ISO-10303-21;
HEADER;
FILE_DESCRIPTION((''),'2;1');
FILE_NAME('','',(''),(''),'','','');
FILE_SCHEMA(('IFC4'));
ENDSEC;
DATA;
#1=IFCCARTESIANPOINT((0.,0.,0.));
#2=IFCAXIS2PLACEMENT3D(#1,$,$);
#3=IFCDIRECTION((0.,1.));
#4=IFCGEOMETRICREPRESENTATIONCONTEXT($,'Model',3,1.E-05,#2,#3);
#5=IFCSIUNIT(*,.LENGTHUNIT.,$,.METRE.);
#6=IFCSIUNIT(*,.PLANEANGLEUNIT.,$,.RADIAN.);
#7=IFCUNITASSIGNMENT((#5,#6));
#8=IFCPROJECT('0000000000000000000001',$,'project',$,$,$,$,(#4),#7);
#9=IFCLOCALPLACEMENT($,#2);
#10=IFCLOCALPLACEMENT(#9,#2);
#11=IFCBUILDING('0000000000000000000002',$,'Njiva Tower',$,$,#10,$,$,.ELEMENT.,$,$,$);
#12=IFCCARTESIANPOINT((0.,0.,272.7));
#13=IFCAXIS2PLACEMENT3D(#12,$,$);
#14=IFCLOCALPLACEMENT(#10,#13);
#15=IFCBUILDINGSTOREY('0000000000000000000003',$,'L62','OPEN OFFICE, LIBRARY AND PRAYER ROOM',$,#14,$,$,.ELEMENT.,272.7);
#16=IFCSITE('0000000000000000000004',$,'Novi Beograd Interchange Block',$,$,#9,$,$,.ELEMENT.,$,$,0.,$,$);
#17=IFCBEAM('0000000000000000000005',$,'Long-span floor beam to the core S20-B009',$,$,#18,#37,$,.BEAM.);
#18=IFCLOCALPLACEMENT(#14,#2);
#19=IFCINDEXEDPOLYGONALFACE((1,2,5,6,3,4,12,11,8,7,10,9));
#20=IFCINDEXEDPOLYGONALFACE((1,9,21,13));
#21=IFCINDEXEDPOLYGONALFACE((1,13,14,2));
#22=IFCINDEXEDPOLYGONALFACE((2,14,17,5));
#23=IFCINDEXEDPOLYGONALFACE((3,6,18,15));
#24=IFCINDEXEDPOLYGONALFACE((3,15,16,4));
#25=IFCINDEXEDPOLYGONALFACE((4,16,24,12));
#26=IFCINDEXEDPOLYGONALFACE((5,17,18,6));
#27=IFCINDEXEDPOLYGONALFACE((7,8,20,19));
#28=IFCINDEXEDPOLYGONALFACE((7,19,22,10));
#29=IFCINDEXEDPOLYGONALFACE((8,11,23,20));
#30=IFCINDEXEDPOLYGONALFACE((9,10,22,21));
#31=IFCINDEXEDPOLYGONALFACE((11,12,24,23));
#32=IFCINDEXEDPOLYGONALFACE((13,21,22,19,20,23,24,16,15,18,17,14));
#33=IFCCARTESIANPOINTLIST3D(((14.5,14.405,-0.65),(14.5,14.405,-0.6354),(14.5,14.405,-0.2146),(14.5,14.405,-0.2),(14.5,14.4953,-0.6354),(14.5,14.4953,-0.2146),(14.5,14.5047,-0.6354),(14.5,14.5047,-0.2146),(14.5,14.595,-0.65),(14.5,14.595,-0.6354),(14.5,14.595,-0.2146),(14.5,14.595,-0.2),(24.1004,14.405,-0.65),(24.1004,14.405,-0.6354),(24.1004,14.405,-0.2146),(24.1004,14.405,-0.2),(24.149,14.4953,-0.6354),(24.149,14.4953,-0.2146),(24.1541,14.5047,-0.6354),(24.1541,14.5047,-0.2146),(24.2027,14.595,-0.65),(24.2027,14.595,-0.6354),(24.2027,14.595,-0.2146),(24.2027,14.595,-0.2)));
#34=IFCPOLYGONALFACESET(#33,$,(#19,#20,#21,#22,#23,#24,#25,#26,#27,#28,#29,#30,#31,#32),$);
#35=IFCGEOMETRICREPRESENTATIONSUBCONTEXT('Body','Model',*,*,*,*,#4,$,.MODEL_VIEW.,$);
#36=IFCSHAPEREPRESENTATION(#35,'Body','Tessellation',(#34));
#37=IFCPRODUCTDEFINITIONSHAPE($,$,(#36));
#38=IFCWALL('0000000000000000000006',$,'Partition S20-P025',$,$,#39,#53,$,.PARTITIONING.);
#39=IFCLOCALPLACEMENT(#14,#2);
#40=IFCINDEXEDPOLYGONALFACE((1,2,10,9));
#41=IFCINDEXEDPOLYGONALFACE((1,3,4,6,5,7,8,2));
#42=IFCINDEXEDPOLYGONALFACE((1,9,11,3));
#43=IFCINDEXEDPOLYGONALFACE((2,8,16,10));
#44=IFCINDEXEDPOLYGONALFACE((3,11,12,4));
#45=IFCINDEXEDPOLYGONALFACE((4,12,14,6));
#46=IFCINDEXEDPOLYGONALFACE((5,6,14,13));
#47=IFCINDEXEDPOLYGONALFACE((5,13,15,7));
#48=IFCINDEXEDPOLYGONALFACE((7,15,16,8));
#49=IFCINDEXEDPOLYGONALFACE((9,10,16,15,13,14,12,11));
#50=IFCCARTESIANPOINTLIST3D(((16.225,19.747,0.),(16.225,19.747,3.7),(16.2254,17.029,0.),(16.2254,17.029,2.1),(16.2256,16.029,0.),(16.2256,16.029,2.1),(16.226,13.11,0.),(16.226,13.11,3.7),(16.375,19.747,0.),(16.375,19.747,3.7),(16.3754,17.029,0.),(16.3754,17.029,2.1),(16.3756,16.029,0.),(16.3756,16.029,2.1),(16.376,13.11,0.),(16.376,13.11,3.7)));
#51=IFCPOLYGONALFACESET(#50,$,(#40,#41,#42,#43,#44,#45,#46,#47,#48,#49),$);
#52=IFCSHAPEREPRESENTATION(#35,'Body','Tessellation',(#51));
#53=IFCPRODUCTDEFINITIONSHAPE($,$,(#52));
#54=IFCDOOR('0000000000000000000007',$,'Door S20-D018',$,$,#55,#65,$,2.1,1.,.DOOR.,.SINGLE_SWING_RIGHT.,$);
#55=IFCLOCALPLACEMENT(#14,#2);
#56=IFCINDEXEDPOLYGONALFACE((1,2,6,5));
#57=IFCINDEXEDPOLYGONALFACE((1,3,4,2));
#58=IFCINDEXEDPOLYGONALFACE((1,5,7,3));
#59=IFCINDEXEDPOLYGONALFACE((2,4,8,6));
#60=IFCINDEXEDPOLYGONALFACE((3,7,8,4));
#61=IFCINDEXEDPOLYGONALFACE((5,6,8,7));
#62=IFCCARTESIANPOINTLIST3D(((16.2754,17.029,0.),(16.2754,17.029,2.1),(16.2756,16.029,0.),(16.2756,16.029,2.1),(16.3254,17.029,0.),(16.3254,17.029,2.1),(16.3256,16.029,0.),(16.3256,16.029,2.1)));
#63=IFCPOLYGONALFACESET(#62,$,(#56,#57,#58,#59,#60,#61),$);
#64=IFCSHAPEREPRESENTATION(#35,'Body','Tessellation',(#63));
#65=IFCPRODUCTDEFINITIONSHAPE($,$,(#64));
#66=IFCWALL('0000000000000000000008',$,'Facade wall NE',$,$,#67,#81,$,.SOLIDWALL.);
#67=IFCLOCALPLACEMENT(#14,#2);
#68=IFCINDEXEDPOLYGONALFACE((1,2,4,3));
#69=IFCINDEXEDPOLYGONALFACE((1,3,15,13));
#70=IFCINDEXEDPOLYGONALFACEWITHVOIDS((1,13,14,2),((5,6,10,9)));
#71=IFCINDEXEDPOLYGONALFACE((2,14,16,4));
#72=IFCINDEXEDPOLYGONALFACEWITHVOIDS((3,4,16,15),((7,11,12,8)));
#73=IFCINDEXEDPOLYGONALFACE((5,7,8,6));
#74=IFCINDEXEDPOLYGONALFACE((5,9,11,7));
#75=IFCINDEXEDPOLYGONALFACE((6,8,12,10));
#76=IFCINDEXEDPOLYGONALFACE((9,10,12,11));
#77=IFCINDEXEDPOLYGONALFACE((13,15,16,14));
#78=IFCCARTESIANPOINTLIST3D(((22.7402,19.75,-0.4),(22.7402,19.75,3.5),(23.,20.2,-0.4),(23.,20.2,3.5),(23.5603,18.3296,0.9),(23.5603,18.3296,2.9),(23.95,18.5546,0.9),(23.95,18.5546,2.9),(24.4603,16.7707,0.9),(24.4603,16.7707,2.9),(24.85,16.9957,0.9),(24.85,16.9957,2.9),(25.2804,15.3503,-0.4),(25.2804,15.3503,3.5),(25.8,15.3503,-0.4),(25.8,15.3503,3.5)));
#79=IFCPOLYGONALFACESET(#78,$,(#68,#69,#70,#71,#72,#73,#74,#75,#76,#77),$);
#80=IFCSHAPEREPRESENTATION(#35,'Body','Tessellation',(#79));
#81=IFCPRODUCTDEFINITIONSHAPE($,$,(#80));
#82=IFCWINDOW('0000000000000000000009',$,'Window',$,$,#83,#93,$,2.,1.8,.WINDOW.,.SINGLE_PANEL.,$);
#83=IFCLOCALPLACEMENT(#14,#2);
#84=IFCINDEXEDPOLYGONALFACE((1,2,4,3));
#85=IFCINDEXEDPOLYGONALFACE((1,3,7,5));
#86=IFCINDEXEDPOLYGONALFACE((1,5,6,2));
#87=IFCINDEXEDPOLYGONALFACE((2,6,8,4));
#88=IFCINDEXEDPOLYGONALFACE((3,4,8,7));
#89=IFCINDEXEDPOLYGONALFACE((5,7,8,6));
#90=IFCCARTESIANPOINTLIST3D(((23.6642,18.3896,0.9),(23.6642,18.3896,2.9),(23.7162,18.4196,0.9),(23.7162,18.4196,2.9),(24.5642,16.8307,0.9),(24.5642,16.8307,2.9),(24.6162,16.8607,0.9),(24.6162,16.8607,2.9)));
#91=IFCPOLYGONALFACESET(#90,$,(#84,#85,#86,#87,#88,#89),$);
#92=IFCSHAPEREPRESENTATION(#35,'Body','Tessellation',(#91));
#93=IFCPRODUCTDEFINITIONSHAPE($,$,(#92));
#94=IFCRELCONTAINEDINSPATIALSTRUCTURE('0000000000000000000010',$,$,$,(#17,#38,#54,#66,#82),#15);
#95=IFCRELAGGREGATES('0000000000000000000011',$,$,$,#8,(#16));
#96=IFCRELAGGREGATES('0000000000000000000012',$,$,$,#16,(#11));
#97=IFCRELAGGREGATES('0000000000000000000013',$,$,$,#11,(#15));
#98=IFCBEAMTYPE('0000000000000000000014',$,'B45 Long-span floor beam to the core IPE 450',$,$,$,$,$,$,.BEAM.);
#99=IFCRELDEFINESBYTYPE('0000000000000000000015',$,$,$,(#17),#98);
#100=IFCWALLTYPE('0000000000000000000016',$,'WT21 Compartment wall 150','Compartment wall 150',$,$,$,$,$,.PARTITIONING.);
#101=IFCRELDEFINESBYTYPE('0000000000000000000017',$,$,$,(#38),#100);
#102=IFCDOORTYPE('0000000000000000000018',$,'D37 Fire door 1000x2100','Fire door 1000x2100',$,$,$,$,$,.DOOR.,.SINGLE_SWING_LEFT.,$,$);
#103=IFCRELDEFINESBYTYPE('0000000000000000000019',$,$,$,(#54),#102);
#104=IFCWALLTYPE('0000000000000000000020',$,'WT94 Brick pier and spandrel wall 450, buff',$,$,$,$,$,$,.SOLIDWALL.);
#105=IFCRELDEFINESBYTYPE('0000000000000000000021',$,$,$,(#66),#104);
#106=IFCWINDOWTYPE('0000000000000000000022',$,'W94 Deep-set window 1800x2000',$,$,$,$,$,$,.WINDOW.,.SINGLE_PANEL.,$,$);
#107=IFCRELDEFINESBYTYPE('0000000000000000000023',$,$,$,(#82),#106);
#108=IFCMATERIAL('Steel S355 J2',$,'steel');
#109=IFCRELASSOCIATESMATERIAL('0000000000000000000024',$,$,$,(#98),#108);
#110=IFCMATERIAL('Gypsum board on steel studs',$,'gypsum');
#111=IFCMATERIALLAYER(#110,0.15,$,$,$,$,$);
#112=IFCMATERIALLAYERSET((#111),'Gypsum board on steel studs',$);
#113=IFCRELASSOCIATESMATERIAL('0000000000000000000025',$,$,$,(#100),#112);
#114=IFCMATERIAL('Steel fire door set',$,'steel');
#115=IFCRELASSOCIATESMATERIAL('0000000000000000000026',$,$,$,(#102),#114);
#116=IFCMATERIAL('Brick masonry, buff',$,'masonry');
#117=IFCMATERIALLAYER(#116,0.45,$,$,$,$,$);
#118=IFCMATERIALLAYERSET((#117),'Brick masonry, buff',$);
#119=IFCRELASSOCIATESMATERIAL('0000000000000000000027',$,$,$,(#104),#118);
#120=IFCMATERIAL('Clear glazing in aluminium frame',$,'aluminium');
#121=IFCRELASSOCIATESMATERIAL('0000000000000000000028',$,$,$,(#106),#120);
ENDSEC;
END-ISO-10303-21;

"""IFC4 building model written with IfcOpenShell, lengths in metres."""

from ifc_helpers import new_model, si_unit, direction, frame, frame_2d, origin, origin_2d, place, context, subcontext, project, spatial, polyline, rectangle, i_section, outline, extrude, clip, halfspace, material, layer, layer_set, material_profile, profile_set, type_object, element, fill, save


model = new_model("IFC4")

# Units and contexts
model_context = context("Model", 3, precision=1e-05, world=origin(), true_north=direction((0.0, 1.0)))
body_context = subcontext(model_context, "Body", "Model", "MODEL_VIEW")
ifc_project = project(units=[si_unit("LENGTHUNIT", "METRE"), si_unit("PLANEANGLEUNIT", "RADIAN")], contexts=[model_context])

# Site, building, storey
site_placement = place(None, origin())
site = spatial("IfcSite", under=ifc_project, at=site_placement, Name="Novi Beograd Interchange Block", CompositionType="ELEMENT", RefElevation=0.0)
building_placement = place(site_placement, origin())
building = spatial("IfcBuilding", under=site, at=building_placement, Name="Njiva Tower", CompositionType="ELEMENT")
storey_placement = place(building_placement, frame((0.0, 0.0, 272.7)))
storey = spatial("IfcBuildingStorey", under=building, at=storey_placement, Name="L62", Description="OPEN OFFICE, LIBRARY AND PRAYER ROOM", CompositionType="ELEMENT", Elevation=272.7)

# Shared definitions
ifc_material_1 = material(Name="Steel S355 J2", Category="steel")

# Beam
ifc_material_profile_1 = material_profile(ifc_material_1, i_section(OverallWidth=0.19, OverallDepth=0.45, WebThickness=0.0094, FlangeThickness=0.0146, at=origin_2d()), Name="IPE 450")
ifc_profile_set_1 = profile_set([ifc_material_profile_1], Name="Steel S355 J2")
beam_type_1 = type_object("IfcBeamType", Name="B45 Long-span floor beam to the core IPE 450", PredefinedType="BEAM", material=ifc_profile_set_1)
beam_1_placement = place(storey_placement, frame((14.5, 14.5, -0.425), z_axis=(1.0, 0.0, 0.0), x_axis=(0.0, 1.0, 0.0)))
element("IfcBeam", 1, at=beam_1_placement, inside=storey, type_object=beam_type_1, Name="Long-span floor beam to the core S20-B009", PredefinedType="BEAM", context=body_context, shape_type="Clipping", body=[
    clip(extrude(i_section(OverallWidth=0.19, OverallDepth=0.45, WebThickness=0.0094, FlangeThickness=0.0146, at=origin_2d()), origin(), (0.0, 0.0, 1.0), 9.723), halfspace(frame((-0.0237, 0.0, 9.6388), z_axis=(-0.473769, 0.0, 0.880649), x_axis=(0.0, 1.0, 0.0)), False)),
])

# Wall, opening, door
ifc_material_2 = material(Name="Gypsum board on steel studs", Category="gypsum")
ifc_layer_1 = layer(ifc_material_2, 0.15)
ifc_layer_set_1 = layer_set([ifc_layer_1], Name="Gypsum board on steel studs")
wall_type_1 = type_object("IfcWallType", Name="WT21 Compartment wall 150", Description="Compartment wall 150", PredefinedType="PARTITIONING", material=ifc_layer_set_1)
wall_1_placement = place(storey_placement, frame((16.3, 19.747, 0.0), z_axis=(0.0, 0.0, 1.0), x_axis=(0.000151, -1.0, 0.0)))
wall_1 = element("IfcWall", 2, at=wall_1_placement, inside=storey, type_object=wall_type_1, Name="Partition S20-P025", PredefinedType="PARTITIONING", context=body_context, shape_type="SweptSolid", body=[
    extrude(rectangle(XDim=6.637, YDim=0.15, at=frame_2d((3.3185, 0.0))), origin(), (0.0, 0.0, 1.0), 3.7),
])
opening_1_placement = place(wall_1_placement, frame((2.718, 0.0, 0.0)))
opening_1 = element("IfcOpeningElement", 3, at=opening_1_placement, cuts=wall_1, PredefinedType="OPENING", context=body_context, shape_type="SweptSolid", body=[
    extrude(rectangle(XDim=1.0, YDim=2.1, at=frame_2d((0.5, 1.05))), frame((0.0, 0.085, 0.0), z_axis=(0.0, -1.0, 0.0), x_axis=(1.0, 0.0, 0.0)), (0.0, 0.0, 1.0), 0.17),
])
ifc_material_3 = material(Name="Steel fire door set", Category="steel")
door_type = type_object("IfcDoorType", Name="D37 Fire door 1000x2100", Description="Fire door 1000x2100", OperationType="SINGLE_SWING_LEFT", PredefinedType="DOOR", material=ifc_material_3)
door_placement = place(opening_1_placement, origin())
door = element("IfcDoor", 4, at=door_placement, inside=storey, type_object=door_type, Name="Door S20-D018", OperationType="SINGLE_SWING_RIGHT", OverallHeight=2.1, OverallWidth=1.0, PredefinedType="DOOR", context=body_context, shape_type="SweptSolid", body=[
    extrude(rectangle(XDim=1.0, YDim=2.1, at=frame_2d((0.5, 1.05))), frame((0.0, 0.025, 0.0), z_axis=(0.0, -1.0, 0.0), x_axis=(1.0, 0.0, 0.0)), (0.0, 0.0, 1.0), 0.05),
])
fill(opening_1, door)

# Shared definitions
ifc_material_4 = material(Name="Clear glazing in aluminium frame", Category="aluminium")

# Wall, opening, window
ifc_material_5 = material(Name="Brick masonry, buff", Category="masonry")
ifc_layer_2 = layer(ifc_material_5, 0.45)
ifc_layer_set_2 = layer_set([ifc_layer_2], Name="Brick masonry, buff")
wall_type_2 = type_object("IfcWallType", Name="WT94 Brick pier and spandrel wall 450, buff", PredefinedType="SOLIDWALL", material=ifc_layer_set_2)
wall_2_placement = place(storey_placement, frame((25.5402, 15.3503, -0.4), z_axis=(0.0, 0.0, 1.0), x_axis=(-0.500004, 0.866023, 0.0)))
wall_2 = element("IfcWall", 5, at=wall_2_placement, inside=storey, type_object=wall_type_2, Name="Facade wall NE", PredefinedType="SOLIDWALL", context=body_context, shape_type="SweptSolid", body=[
    extrude(outline(polyline([(-0.1299, -0.225), (5.4701, -0.225), (5.2103, 0.225), (0.1299, 0.225), (-0.1299, -0.225)])), origin(), (0.0, 0.0, 1.0), 3.9),
])
opening_2_placement = place(wall_2_placement, frame((1.7701, 0.0, 1.3)))
opening_2 = element("IfcOpeningElement", 6, at=opening_2_placement, cuts=wall_2, PredefinedType="OPENING", context=body_context, shape_type="SweptSolid", body=[
    extrude(rectangle(XDim=1.8, YDim=2.0, at=frame_2d((0.9, 1.0))), frame((0.0, 0.235, 0.0), z_axis=(0.0, -1.0, 0.0), x_axis=(1.0, 0.0, 0.0)), (0.0, 0.0, 1.0), 0.47),
])
window_type_1 = type_object("IfcWindowType", Name="W94 Deep-set window 1800x2000", PartitioningType="SINGLE_PANEL", PredefinedType="WINDOW", material=ifc_material_4)
window_1_placement = place(opening_2_placement, origin())
window_1 = element("IfcWindow", 7, at=window_1_placement, inside=storey, type_object=window_type_1, Name="Window", OverallHeight=2.0, OverallWidth=1.8, PartitioningType="SINGLE_PANEL", PredefinedType="WINDOW", context=body_context, shape_type="SweptSolid", body=[
    extrude(rectangle(XDim=1.8, YDim=2.0, at=frame_2d((0.9, 1.0))), frame((0.0, 0.105, 0.0), z_axis=(0.0, -1.0, 0.0), x_axis=(1.0, 0.0, 0.0)), (0.0, 0.0, 1.0), 0.06),
])
fill(opening_2, window_1)

save(model, "model.ifc")
